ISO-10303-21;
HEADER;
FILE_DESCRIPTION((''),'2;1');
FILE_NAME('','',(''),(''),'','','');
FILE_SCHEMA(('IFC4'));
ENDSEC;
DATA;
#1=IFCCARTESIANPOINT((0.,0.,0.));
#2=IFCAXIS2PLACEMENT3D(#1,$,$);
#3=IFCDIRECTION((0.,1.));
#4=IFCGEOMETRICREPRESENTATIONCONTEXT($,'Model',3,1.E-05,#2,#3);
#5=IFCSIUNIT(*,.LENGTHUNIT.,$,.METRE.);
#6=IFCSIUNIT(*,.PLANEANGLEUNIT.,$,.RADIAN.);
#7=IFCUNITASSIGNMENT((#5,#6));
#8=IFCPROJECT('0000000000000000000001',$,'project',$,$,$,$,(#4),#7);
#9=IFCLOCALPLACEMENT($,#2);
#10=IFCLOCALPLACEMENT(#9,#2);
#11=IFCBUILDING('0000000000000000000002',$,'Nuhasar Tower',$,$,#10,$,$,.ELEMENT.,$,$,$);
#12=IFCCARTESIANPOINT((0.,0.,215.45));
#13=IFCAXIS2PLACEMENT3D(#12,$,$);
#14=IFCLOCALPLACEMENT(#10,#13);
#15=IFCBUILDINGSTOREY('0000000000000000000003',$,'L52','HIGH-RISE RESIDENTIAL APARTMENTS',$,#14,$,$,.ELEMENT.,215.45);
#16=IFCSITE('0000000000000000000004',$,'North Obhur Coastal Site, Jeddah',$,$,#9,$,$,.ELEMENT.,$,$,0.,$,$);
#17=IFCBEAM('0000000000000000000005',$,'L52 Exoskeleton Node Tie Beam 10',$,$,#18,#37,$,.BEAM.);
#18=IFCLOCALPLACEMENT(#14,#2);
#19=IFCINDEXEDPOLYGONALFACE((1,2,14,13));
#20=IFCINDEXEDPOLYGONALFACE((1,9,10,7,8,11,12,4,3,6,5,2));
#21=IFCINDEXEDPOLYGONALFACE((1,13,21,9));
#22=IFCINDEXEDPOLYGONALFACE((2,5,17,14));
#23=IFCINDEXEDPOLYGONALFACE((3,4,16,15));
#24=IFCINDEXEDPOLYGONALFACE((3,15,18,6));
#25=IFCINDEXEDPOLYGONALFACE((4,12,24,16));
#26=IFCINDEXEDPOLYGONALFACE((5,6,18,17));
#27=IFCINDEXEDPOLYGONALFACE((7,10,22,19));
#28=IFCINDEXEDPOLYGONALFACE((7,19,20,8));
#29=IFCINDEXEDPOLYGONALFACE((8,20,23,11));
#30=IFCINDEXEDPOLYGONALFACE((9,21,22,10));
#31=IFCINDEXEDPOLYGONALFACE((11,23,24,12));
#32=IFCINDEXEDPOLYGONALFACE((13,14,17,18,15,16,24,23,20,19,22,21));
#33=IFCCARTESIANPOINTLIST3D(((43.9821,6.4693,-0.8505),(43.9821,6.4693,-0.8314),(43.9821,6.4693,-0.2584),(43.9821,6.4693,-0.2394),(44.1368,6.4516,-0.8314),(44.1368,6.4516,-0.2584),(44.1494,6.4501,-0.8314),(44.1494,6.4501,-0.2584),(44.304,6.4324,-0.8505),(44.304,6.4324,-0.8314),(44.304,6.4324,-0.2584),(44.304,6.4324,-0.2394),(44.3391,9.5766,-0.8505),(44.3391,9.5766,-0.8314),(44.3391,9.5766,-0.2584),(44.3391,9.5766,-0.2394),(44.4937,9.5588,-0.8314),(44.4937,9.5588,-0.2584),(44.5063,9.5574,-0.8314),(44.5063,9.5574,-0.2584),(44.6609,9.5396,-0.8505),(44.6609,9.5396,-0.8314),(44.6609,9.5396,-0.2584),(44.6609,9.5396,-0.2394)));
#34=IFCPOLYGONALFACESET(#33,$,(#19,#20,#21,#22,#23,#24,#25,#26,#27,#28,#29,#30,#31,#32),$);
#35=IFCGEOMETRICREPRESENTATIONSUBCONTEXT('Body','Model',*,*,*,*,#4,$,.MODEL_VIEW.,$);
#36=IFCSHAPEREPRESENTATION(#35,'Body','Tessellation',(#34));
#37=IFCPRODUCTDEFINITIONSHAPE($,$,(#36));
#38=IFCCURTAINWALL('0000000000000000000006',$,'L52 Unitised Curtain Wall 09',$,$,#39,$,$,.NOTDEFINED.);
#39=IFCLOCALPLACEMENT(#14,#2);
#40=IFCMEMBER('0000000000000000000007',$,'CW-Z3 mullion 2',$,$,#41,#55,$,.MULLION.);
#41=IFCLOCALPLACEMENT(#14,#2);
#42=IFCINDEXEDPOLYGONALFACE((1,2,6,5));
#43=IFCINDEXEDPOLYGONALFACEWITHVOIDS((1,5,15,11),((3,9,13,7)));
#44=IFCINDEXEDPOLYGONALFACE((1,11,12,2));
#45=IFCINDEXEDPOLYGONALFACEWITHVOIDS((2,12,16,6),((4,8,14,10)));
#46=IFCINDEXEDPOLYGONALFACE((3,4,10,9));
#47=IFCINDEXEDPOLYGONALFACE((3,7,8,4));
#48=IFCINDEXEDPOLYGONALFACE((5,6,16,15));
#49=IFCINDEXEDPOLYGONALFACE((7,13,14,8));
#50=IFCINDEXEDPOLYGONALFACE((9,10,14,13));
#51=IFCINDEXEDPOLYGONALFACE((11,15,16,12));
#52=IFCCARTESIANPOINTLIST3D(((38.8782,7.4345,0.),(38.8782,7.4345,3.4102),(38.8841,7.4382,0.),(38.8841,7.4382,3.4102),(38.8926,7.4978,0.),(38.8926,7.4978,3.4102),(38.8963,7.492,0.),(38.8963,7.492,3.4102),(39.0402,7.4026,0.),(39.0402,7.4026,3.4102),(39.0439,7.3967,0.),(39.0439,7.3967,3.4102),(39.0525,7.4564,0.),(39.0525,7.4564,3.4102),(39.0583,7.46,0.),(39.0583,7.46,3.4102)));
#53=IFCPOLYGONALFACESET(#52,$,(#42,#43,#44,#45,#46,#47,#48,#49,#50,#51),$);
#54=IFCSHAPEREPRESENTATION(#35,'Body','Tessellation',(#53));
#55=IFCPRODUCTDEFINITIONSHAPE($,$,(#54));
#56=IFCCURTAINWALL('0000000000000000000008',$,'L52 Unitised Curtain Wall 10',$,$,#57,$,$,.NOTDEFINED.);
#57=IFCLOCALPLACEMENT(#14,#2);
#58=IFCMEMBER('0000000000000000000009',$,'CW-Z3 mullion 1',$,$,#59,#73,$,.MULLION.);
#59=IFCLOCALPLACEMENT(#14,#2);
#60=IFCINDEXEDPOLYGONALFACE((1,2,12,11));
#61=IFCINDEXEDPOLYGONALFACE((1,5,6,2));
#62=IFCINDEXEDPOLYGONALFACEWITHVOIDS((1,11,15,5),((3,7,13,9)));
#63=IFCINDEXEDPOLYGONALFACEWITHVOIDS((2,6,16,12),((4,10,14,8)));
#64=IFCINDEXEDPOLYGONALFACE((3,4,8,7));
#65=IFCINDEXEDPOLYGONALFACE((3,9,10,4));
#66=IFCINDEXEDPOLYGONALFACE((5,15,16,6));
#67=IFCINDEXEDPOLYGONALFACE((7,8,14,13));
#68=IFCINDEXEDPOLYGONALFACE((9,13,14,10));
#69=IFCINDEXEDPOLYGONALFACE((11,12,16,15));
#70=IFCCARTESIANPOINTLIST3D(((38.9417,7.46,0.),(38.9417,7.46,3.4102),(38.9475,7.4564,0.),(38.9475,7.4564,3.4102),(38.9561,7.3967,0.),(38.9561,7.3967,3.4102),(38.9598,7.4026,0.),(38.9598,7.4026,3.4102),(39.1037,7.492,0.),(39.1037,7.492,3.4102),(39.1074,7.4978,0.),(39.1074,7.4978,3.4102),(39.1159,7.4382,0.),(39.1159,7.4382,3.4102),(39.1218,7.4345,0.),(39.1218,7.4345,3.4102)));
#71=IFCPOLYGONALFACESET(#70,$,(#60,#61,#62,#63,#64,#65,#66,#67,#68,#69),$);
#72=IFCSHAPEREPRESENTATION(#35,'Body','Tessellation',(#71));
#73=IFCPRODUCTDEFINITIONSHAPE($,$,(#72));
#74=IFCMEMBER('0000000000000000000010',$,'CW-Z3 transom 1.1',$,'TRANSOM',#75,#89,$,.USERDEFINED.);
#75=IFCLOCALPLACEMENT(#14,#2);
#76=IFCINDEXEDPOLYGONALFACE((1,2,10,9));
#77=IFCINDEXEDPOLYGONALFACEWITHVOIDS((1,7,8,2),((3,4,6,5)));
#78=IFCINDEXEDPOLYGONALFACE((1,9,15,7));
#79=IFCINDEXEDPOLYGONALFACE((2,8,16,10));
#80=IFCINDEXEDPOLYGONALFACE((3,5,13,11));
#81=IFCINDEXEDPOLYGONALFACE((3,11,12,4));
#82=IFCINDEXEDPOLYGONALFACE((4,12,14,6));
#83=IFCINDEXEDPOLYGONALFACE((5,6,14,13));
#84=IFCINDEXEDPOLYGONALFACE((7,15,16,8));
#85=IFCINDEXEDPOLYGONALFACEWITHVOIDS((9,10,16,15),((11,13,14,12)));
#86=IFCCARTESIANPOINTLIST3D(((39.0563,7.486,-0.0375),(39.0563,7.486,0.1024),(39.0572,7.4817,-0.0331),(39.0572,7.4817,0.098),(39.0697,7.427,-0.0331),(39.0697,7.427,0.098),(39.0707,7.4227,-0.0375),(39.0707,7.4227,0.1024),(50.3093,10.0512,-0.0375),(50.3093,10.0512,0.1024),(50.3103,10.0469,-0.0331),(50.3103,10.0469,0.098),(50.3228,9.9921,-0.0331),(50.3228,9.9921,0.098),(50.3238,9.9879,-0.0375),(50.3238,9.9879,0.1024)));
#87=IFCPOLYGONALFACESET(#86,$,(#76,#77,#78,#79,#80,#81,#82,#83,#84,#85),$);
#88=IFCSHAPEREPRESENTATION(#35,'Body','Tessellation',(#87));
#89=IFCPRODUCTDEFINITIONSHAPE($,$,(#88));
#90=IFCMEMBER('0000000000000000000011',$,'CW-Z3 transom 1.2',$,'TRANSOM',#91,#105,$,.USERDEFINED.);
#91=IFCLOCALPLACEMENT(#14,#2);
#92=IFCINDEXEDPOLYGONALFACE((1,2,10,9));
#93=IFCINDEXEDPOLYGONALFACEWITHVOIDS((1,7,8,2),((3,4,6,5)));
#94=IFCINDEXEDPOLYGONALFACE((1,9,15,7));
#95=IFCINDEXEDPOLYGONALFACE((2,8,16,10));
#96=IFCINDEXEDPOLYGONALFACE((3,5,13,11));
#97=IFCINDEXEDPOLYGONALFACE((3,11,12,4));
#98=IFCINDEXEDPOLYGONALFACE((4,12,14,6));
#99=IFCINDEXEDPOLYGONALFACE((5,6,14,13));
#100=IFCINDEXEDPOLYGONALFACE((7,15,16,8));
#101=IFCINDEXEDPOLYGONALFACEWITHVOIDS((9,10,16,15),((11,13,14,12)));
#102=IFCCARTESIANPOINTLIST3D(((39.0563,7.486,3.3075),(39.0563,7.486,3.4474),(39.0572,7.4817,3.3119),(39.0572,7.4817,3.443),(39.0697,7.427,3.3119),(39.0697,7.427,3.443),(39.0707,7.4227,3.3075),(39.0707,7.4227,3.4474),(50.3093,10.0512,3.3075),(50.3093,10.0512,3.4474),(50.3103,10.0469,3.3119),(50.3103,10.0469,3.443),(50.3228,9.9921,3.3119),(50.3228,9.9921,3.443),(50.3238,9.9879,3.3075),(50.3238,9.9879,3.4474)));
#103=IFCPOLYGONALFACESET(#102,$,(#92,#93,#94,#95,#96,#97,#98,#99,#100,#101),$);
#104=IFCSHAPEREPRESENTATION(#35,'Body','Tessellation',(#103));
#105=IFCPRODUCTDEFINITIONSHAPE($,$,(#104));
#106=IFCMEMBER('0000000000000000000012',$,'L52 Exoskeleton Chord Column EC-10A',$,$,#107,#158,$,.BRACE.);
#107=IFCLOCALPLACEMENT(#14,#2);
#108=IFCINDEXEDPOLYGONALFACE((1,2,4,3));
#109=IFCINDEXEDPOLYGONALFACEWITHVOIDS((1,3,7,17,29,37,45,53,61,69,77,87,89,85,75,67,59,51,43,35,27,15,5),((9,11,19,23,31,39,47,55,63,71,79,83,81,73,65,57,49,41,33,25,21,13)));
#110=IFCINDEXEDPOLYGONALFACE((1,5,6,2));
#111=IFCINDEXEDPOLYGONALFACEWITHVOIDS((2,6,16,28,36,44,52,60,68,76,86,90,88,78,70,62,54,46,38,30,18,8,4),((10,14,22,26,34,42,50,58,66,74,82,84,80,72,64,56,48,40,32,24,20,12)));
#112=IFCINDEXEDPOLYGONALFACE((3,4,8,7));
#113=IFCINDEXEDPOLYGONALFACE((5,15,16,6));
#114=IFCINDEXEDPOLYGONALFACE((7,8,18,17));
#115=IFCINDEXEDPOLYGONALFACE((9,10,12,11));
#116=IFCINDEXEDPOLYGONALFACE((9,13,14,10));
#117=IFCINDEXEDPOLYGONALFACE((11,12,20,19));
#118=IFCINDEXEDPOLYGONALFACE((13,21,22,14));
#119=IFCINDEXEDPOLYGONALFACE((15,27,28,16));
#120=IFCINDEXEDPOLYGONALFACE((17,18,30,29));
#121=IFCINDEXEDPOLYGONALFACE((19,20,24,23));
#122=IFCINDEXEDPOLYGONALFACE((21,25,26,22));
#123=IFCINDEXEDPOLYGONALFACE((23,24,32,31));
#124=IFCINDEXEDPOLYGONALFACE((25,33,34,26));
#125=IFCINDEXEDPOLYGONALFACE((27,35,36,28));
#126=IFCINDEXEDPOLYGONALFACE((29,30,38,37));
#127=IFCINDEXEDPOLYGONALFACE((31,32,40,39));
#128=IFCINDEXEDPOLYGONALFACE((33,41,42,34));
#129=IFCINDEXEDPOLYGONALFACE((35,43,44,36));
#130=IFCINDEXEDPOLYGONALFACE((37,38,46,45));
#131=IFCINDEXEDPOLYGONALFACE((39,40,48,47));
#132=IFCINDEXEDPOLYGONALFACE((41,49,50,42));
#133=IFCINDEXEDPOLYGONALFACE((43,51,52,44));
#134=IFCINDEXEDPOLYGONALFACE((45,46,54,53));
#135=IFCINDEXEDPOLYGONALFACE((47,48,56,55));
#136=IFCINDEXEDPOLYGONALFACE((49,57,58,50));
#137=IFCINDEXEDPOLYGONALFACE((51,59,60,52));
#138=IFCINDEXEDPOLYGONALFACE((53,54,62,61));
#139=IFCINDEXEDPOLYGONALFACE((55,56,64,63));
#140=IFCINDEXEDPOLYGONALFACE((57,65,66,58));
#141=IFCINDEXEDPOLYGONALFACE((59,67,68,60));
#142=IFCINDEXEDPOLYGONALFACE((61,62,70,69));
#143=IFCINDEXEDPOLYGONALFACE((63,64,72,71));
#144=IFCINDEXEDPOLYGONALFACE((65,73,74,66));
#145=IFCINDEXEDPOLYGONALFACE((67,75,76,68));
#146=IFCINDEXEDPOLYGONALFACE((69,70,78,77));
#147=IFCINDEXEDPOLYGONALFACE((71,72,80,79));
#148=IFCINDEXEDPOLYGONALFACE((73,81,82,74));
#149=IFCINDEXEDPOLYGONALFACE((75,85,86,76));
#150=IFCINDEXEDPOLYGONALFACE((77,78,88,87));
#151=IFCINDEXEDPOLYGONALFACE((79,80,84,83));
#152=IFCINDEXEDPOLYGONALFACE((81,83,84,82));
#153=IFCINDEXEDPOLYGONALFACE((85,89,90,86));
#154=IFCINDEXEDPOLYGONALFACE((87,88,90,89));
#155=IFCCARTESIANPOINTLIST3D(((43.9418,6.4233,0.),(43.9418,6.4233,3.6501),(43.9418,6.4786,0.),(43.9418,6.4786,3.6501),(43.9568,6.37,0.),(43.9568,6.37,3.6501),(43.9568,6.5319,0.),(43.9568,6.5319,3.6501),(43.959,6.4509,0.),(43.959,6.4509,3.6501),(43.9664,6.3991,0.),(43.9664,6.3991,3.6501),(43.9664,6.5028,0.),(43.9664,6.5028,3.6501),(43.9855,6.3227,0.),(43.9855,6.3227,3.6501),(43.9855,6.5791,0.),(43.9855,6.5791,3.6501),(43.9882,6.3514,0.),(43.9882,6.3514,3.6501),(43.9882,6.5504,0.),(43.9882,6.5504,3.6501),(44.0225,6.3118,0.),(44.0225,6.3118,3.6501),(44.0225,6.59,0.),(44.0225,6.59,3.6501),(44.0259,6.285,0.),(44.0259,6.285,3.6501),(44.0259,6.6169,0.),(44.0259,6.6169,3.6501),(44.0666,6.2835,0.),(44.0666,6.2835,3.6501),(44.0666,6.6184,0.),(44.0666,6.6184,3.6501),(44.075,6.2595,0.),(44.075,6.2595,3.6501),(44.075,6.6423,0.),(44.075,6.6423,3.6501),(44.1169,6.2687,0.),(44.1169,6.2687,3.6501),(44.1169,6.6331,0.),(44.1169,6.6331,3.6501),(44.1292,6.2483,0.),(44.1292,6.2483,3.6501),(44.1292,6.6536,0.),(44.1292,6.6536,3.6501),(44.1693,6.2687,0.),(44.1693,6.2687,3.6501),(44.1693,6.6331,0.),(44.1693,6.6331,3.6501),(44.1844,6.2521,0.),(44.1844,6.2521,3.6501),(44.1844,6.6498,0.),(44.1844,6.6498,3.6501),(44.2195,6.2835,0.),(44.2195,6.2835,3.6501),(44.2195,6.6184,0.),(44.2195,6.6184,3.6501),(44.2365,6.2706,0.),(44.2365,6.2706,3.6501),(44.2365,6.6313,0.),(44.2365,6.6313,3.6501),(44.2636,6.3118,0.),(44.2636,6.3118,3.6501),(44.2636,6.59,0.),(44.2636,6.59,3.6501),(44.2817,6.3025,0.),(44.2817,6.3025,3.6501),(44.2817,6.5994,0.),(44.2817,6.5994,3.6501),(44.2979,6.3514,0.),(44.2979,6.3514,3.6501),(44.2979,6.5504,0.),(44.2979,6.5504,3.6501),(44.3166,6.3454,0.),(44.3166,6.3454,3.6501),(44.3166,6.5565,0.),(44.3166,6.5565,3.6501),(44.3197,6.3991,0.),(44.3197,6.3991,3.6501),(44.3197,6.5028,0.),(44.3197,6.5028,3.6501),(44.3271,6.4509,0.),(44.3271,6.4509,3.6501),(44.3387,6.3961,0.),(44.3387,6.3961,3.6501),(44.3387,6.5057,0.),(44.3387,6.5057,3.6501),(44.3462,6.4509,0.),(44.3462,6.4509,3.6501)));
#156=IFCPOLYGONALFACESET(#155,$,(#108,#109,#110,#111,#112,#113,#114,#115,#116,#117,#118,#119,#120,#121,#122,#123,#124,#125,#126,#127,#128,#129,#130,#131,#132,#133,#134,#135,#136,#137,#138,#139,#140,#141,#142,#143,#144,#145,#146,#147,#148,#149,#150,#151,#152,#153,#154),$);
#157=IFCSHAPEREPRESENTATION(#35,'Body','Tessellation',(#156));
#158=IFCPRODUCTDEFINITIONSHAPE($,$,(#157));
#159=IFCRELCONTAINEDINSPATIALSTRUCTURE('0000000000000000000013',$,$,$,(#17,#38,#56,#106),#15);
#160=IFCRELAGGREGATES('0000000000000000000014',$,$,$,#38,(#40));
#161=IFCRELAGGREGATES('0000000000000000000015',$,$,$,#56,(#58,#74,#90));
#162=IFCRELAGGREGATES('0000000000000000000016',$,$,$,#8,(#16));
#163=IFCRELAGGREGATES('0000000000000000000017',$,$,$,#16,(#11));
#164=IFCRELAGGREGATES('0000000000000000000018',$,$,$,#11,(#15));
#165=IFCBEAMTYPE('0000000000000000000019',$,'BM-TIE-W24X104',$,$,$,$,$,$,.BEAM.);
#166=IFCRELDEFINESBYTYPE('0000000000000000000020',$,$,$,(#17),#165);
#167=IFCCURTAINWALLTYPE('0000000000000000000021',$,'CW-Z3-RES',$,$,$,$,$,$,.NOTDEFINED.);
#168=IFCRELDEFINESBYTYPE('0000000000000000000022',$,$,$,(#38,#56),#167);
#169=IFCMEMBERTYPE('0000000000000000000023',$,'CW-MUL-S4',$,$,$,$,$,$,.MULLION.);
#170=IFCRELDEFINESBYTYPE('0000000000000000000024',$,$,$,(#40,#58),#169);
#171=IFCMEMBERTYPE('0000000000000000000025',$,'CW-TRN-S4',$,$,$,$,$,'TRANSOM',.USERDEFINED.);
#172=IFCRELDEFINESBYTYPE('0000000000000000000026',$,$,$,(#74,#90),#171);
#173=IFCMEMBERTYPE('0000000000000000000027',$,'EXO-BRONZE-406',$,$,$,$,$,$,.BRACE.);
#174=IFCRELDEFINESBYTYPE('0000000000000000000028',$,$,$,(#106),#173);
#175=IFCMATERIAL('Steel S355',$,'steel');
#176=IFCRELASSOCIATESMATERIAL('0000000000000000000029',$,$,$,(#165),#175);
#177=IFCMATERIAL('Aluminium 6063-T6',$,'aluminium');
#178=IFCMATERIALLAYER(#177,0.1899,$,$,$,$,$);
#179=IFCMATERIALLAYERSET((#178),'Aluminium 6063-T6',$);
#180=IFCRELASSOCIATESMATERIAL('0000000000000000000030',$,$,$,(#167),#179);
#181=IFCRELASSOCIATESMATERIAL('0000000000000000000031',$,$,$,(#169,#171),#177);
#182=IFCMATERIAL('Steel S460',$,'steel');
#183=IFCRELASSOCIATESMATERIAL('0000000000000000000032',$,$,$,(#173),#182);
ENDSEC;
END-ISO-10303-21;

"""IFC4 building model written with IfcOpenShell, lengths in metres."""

from ifc_helpers import new_model, si_unit, direction, frame, origin, origin_2d, place, context, subcontext, project, spatial, hollow_rectangle, hollow_circle, i_section, extrude, material, layer, layer_set, material_profile, profile_set, type_object, element, aggregate, save


model = new_model("IFC4")

# Units and contexts
model_context = context("Model", 3, precision=1e-05, world=origin(), true_north=direction((0.0, 1.0)))
body_context = subcontext(model_context, "Body", "Model", "MODEL_VIEW")
ifc_project = project(units=[si_unit("LENGTHUNIT", "METRE"), si_unit("PLANEANGLEUNIT", "RADIAN")], contexts=[model_context])

# Site, building, storey
site_placement = place(None, origin())
site = spatial("IfcSite", under=ifc_project, at=site_placement, Name="North Obhur Coastal Site, Jeddah", CompositionType="ELEMENT", RefElevation=0.0)
building_placement = place(site_placement, origin())
building = spatial("IfcBuilding", under=site, at=building_placement, Name="Nuhasar Tower", CompositionType="ELEMENT")
storey_placement = place(building_placement, frame((0.0, 0.0, 215.45)))
storey = spatial("IfcBuildingStorey", under=building, at=storey_placement, Name="L52", Description="HIGH-RISE RESIDENTIAL APARTMENTS", CompositionType="ELEMENT", Elevation=215.45)

# Beam
ifc_material_1 = material(Name="Steel S355", Category="steel")
ifc_material_profile_1 = material_profile(ifc_material_1, i_section(OverallWidth=0.324, OverallDepth=0.6111, WebThickness=0.0127, FlangeThickness=0.019, at=origin_2d()), Name="W24X104")
ifc_profile_set_1 = profile_set([ifc_material_profile_1], Name="Steel S355")
beam_type_1 = type_object("IfcBeamType", Name="BM-TIE-W24X104", PredefinedType="BEAM", material=ifc_profile_set_1)
beam_1_placement = place(storey_placement, frame((44.5, 9.5581, -0.5449), z_axis=(-0.114123, -0.993467, 0.0), x_axis=(0.993467, -0.114123, 0.0)))
element("IfcBeam", 1, at=beam_1_placement, inside=storey, type_object=beam_type_1, Name="L52 Exoskeleton Node Tie Beam 10", PredefinedType="BEAM", context=body_context, shape_type="SweptSolid", body=[
    extrude(i_section(OverallWidth=0.324, OverallDepth=0.6111, WebThickness=0.0127, FlangeThickness=0.019, at=origin_2d()), origin(), (0.0, 0.0, 1.0), 3.1277),
])

# Curtain wall, member
ifc_material_2 = material(Name="Aluminium 6063-T6", Category="aluminium")
ifc_layer_1 = layer(ifc_material_2, 0.1899)
ifc_layer_set_1 = layer_set([ifc_layer_1], Name="Aluminium 6063-T6")
curtain_wall_type = type_object("IfcCurtainWallType", Name="CW-Z3-RES", PredefinedType="NOTDEFINED", material=ifc_layer_set_1)
curtain_wall_1_placement = place(storey_placement, origin())
curtain_wall_1 = element("IfcCurtainWall", 2, at=curtain_wall_1_placement, inside=storey, type_object=curtain_wall_type, Name="L52 Unitised Curtain Wall 09", PredefinedType="NOTDEFINED")
ifc_material_profile_2 = material_profile(ifc_material_2, hollow_rectangle(XDim=0.0649, YDim=0.1699, WallThickness=0.0049, at=origin_2d()), Name="CWM-4")
ifc_profile_set_2 = profile_set([ifc_material_profile_2], Name="Aluminium 6063-T6")
member_type_1 = type_object("IfcMemberType", Name="CW-MUL-S4", PredefinedType="MULLION", material=ifc_profile_set_2)
member_1_placement = place(storey_placement, frame((38.9683, 7.4473, 0.0), z_axis=(0.0, 0.0, 1.0), x_axis=(0.222243, 0.974991, 0.0)))
member_1 = element("IfcMember", 3, at=member_1_placement, type_object=member_type_1, Name="CW-Z3 mullion 2", PredefinedType="MULLION", context=body_context, shape_type="SweptSolid", body=[
    extrude(hollow_rectangle(XDim=0.0649, YDim=0.1699, WallThickness=0.0049, at=origin_2d()), origin(), (0.0, 0.0, 1.0), 3.4102),
])
aggregate(curtain_wall_1, [member_1])

# Curtain wall, members
curtain_wall_2_placement = place(storey_placement, origin())
curtain_wall_2 = element("IfcCurtainWall", 4, at=curtain_wall_2_placement, inside=storey, type_object=curtain_wall_type, Name="L52 Unitised Curtain Wall 10", PredefinedType="NOTDEFINED")
member_2_placement = place(storey_placement, frame((39.0317, 7.4473, 0.0), z_axis=(0.0, 0.0, 1.0), x_axis=(-0.222243, 0.974991, 0.0)))
member_2 = element("IfcMember", 5, at=member_2_placement, type_object=member_type_1, Name="CW-Z3 mullion 1", PredefinedType="MULLION", context=body_context, shape_type="SweptSolid", body=[
    extrude(hollow_rectangle(XDim=0.0649, YDim=0.1699, WallThickness=0.0049, at=origin_2d()), origin(), (0.0, 0.0, 1.0), 3.4102),
])
ifc_material_profile_3 = material_profile(ifc_material_2, hollow_rectangle(XDim=0.0649, YDim=0.1399, WallThickness=0.0044, at=origin_2d()), Name="CWT-4")
ifc_profile_set_3 = profile_set([ifc_material_profile_3], Name="Aluminium 6063-T6")
member_type_2 = type_object("IfcMemberType", Name="CW-TRN-S4", ElementType="TRANSOM", PredefinedType="USERDEFINED", material=ifc_profile_set_3)
member_3_placement = place(storey_placement, frame((39.0635, 7.4543, 0.0325), z_axis=(0.974989, 0.222251, 0.0), x_axis=(-0.222251, 0.974989, 0.0)))
member_3 = element("IfcMember", 6, at=member_3_placement, type_object=member_type_2, Name="CW-Z3 transom 1.1", ObjectType="TRANSOM", PredefinedType="USERDEFINED", context=body_context, shape_type="SweptSolid", body=[
    extrude(hollow_rectangle(XDim=0.0649, YDim=0.1399, WallThickness=0.0044, at=origin_2d()), origin(), (0.0, 0.0, 1.0), 11.5417),
])
member_4_placement = place(storey_placement, frame((39.0635, 7.4543, 3.3774), z_axis=(0.974989, 0.222251, 0.0), x_axis=(-0.222251, 0.974989, 0.0)))
member_4 = element("IfcMember", 7, at=member_4_placement, type_object=member_type_2, Name="CW-Z3 transom 1.2", ObjectType="TRANSOM", PredefinedType="USERDEFINED", context=body_context, shape_type="SweptSolid", body=[
    extrude(hollow_rectangle(XDim=0.0649, YDim=0.1399, WallThickness=0.0044, at=origin_2d()), origin(), (0.0, 0.0, 1.0), 11.5417),
])

# Member
ifc_material_3 = material(Name="Steel S460", Category="steel")
ifc_material_profile_4 = material_profile(ifc_material_3, hollow_circle(Radius=0.2031, WallThickness=0.019, at=origin_2d()), Name="HSS406.4X19.1")
ifc_profile_set_4 = profile_set([ifc_material_profile_4], Name="Steel S460")
member_type_3 = type_object("IfcMemberType", Name="EXO-BRONZE-406", PredefinedType="BRACE", material=ifc_profile_set_4)
member_5_placement = place(storey_placement, frame((44.1431, 6.4509, 0.0), z_axis=(0.0, 0.0, 1.0), x_axis=(1.0, 0.0, 0.0)))
element("IfcMember", 8, at=member_5_placement, inside=storey, type_object=member_type_3, Name="L52 Exoskeleton Chord Column EC-10A", PredefinedType="BRACE", context=body_context, shape_type="SweptSolid", body=[
    extrude(hollow_circle(Radius=0.2031, WallThickness=0.019, at=origin_2d()), origin(), (0.0, 0.0, 1.0), 3.6501),
])

aggregate(curtain_wall_2, [member_2, member_3, member_4])

save(model, "model.ifc")
